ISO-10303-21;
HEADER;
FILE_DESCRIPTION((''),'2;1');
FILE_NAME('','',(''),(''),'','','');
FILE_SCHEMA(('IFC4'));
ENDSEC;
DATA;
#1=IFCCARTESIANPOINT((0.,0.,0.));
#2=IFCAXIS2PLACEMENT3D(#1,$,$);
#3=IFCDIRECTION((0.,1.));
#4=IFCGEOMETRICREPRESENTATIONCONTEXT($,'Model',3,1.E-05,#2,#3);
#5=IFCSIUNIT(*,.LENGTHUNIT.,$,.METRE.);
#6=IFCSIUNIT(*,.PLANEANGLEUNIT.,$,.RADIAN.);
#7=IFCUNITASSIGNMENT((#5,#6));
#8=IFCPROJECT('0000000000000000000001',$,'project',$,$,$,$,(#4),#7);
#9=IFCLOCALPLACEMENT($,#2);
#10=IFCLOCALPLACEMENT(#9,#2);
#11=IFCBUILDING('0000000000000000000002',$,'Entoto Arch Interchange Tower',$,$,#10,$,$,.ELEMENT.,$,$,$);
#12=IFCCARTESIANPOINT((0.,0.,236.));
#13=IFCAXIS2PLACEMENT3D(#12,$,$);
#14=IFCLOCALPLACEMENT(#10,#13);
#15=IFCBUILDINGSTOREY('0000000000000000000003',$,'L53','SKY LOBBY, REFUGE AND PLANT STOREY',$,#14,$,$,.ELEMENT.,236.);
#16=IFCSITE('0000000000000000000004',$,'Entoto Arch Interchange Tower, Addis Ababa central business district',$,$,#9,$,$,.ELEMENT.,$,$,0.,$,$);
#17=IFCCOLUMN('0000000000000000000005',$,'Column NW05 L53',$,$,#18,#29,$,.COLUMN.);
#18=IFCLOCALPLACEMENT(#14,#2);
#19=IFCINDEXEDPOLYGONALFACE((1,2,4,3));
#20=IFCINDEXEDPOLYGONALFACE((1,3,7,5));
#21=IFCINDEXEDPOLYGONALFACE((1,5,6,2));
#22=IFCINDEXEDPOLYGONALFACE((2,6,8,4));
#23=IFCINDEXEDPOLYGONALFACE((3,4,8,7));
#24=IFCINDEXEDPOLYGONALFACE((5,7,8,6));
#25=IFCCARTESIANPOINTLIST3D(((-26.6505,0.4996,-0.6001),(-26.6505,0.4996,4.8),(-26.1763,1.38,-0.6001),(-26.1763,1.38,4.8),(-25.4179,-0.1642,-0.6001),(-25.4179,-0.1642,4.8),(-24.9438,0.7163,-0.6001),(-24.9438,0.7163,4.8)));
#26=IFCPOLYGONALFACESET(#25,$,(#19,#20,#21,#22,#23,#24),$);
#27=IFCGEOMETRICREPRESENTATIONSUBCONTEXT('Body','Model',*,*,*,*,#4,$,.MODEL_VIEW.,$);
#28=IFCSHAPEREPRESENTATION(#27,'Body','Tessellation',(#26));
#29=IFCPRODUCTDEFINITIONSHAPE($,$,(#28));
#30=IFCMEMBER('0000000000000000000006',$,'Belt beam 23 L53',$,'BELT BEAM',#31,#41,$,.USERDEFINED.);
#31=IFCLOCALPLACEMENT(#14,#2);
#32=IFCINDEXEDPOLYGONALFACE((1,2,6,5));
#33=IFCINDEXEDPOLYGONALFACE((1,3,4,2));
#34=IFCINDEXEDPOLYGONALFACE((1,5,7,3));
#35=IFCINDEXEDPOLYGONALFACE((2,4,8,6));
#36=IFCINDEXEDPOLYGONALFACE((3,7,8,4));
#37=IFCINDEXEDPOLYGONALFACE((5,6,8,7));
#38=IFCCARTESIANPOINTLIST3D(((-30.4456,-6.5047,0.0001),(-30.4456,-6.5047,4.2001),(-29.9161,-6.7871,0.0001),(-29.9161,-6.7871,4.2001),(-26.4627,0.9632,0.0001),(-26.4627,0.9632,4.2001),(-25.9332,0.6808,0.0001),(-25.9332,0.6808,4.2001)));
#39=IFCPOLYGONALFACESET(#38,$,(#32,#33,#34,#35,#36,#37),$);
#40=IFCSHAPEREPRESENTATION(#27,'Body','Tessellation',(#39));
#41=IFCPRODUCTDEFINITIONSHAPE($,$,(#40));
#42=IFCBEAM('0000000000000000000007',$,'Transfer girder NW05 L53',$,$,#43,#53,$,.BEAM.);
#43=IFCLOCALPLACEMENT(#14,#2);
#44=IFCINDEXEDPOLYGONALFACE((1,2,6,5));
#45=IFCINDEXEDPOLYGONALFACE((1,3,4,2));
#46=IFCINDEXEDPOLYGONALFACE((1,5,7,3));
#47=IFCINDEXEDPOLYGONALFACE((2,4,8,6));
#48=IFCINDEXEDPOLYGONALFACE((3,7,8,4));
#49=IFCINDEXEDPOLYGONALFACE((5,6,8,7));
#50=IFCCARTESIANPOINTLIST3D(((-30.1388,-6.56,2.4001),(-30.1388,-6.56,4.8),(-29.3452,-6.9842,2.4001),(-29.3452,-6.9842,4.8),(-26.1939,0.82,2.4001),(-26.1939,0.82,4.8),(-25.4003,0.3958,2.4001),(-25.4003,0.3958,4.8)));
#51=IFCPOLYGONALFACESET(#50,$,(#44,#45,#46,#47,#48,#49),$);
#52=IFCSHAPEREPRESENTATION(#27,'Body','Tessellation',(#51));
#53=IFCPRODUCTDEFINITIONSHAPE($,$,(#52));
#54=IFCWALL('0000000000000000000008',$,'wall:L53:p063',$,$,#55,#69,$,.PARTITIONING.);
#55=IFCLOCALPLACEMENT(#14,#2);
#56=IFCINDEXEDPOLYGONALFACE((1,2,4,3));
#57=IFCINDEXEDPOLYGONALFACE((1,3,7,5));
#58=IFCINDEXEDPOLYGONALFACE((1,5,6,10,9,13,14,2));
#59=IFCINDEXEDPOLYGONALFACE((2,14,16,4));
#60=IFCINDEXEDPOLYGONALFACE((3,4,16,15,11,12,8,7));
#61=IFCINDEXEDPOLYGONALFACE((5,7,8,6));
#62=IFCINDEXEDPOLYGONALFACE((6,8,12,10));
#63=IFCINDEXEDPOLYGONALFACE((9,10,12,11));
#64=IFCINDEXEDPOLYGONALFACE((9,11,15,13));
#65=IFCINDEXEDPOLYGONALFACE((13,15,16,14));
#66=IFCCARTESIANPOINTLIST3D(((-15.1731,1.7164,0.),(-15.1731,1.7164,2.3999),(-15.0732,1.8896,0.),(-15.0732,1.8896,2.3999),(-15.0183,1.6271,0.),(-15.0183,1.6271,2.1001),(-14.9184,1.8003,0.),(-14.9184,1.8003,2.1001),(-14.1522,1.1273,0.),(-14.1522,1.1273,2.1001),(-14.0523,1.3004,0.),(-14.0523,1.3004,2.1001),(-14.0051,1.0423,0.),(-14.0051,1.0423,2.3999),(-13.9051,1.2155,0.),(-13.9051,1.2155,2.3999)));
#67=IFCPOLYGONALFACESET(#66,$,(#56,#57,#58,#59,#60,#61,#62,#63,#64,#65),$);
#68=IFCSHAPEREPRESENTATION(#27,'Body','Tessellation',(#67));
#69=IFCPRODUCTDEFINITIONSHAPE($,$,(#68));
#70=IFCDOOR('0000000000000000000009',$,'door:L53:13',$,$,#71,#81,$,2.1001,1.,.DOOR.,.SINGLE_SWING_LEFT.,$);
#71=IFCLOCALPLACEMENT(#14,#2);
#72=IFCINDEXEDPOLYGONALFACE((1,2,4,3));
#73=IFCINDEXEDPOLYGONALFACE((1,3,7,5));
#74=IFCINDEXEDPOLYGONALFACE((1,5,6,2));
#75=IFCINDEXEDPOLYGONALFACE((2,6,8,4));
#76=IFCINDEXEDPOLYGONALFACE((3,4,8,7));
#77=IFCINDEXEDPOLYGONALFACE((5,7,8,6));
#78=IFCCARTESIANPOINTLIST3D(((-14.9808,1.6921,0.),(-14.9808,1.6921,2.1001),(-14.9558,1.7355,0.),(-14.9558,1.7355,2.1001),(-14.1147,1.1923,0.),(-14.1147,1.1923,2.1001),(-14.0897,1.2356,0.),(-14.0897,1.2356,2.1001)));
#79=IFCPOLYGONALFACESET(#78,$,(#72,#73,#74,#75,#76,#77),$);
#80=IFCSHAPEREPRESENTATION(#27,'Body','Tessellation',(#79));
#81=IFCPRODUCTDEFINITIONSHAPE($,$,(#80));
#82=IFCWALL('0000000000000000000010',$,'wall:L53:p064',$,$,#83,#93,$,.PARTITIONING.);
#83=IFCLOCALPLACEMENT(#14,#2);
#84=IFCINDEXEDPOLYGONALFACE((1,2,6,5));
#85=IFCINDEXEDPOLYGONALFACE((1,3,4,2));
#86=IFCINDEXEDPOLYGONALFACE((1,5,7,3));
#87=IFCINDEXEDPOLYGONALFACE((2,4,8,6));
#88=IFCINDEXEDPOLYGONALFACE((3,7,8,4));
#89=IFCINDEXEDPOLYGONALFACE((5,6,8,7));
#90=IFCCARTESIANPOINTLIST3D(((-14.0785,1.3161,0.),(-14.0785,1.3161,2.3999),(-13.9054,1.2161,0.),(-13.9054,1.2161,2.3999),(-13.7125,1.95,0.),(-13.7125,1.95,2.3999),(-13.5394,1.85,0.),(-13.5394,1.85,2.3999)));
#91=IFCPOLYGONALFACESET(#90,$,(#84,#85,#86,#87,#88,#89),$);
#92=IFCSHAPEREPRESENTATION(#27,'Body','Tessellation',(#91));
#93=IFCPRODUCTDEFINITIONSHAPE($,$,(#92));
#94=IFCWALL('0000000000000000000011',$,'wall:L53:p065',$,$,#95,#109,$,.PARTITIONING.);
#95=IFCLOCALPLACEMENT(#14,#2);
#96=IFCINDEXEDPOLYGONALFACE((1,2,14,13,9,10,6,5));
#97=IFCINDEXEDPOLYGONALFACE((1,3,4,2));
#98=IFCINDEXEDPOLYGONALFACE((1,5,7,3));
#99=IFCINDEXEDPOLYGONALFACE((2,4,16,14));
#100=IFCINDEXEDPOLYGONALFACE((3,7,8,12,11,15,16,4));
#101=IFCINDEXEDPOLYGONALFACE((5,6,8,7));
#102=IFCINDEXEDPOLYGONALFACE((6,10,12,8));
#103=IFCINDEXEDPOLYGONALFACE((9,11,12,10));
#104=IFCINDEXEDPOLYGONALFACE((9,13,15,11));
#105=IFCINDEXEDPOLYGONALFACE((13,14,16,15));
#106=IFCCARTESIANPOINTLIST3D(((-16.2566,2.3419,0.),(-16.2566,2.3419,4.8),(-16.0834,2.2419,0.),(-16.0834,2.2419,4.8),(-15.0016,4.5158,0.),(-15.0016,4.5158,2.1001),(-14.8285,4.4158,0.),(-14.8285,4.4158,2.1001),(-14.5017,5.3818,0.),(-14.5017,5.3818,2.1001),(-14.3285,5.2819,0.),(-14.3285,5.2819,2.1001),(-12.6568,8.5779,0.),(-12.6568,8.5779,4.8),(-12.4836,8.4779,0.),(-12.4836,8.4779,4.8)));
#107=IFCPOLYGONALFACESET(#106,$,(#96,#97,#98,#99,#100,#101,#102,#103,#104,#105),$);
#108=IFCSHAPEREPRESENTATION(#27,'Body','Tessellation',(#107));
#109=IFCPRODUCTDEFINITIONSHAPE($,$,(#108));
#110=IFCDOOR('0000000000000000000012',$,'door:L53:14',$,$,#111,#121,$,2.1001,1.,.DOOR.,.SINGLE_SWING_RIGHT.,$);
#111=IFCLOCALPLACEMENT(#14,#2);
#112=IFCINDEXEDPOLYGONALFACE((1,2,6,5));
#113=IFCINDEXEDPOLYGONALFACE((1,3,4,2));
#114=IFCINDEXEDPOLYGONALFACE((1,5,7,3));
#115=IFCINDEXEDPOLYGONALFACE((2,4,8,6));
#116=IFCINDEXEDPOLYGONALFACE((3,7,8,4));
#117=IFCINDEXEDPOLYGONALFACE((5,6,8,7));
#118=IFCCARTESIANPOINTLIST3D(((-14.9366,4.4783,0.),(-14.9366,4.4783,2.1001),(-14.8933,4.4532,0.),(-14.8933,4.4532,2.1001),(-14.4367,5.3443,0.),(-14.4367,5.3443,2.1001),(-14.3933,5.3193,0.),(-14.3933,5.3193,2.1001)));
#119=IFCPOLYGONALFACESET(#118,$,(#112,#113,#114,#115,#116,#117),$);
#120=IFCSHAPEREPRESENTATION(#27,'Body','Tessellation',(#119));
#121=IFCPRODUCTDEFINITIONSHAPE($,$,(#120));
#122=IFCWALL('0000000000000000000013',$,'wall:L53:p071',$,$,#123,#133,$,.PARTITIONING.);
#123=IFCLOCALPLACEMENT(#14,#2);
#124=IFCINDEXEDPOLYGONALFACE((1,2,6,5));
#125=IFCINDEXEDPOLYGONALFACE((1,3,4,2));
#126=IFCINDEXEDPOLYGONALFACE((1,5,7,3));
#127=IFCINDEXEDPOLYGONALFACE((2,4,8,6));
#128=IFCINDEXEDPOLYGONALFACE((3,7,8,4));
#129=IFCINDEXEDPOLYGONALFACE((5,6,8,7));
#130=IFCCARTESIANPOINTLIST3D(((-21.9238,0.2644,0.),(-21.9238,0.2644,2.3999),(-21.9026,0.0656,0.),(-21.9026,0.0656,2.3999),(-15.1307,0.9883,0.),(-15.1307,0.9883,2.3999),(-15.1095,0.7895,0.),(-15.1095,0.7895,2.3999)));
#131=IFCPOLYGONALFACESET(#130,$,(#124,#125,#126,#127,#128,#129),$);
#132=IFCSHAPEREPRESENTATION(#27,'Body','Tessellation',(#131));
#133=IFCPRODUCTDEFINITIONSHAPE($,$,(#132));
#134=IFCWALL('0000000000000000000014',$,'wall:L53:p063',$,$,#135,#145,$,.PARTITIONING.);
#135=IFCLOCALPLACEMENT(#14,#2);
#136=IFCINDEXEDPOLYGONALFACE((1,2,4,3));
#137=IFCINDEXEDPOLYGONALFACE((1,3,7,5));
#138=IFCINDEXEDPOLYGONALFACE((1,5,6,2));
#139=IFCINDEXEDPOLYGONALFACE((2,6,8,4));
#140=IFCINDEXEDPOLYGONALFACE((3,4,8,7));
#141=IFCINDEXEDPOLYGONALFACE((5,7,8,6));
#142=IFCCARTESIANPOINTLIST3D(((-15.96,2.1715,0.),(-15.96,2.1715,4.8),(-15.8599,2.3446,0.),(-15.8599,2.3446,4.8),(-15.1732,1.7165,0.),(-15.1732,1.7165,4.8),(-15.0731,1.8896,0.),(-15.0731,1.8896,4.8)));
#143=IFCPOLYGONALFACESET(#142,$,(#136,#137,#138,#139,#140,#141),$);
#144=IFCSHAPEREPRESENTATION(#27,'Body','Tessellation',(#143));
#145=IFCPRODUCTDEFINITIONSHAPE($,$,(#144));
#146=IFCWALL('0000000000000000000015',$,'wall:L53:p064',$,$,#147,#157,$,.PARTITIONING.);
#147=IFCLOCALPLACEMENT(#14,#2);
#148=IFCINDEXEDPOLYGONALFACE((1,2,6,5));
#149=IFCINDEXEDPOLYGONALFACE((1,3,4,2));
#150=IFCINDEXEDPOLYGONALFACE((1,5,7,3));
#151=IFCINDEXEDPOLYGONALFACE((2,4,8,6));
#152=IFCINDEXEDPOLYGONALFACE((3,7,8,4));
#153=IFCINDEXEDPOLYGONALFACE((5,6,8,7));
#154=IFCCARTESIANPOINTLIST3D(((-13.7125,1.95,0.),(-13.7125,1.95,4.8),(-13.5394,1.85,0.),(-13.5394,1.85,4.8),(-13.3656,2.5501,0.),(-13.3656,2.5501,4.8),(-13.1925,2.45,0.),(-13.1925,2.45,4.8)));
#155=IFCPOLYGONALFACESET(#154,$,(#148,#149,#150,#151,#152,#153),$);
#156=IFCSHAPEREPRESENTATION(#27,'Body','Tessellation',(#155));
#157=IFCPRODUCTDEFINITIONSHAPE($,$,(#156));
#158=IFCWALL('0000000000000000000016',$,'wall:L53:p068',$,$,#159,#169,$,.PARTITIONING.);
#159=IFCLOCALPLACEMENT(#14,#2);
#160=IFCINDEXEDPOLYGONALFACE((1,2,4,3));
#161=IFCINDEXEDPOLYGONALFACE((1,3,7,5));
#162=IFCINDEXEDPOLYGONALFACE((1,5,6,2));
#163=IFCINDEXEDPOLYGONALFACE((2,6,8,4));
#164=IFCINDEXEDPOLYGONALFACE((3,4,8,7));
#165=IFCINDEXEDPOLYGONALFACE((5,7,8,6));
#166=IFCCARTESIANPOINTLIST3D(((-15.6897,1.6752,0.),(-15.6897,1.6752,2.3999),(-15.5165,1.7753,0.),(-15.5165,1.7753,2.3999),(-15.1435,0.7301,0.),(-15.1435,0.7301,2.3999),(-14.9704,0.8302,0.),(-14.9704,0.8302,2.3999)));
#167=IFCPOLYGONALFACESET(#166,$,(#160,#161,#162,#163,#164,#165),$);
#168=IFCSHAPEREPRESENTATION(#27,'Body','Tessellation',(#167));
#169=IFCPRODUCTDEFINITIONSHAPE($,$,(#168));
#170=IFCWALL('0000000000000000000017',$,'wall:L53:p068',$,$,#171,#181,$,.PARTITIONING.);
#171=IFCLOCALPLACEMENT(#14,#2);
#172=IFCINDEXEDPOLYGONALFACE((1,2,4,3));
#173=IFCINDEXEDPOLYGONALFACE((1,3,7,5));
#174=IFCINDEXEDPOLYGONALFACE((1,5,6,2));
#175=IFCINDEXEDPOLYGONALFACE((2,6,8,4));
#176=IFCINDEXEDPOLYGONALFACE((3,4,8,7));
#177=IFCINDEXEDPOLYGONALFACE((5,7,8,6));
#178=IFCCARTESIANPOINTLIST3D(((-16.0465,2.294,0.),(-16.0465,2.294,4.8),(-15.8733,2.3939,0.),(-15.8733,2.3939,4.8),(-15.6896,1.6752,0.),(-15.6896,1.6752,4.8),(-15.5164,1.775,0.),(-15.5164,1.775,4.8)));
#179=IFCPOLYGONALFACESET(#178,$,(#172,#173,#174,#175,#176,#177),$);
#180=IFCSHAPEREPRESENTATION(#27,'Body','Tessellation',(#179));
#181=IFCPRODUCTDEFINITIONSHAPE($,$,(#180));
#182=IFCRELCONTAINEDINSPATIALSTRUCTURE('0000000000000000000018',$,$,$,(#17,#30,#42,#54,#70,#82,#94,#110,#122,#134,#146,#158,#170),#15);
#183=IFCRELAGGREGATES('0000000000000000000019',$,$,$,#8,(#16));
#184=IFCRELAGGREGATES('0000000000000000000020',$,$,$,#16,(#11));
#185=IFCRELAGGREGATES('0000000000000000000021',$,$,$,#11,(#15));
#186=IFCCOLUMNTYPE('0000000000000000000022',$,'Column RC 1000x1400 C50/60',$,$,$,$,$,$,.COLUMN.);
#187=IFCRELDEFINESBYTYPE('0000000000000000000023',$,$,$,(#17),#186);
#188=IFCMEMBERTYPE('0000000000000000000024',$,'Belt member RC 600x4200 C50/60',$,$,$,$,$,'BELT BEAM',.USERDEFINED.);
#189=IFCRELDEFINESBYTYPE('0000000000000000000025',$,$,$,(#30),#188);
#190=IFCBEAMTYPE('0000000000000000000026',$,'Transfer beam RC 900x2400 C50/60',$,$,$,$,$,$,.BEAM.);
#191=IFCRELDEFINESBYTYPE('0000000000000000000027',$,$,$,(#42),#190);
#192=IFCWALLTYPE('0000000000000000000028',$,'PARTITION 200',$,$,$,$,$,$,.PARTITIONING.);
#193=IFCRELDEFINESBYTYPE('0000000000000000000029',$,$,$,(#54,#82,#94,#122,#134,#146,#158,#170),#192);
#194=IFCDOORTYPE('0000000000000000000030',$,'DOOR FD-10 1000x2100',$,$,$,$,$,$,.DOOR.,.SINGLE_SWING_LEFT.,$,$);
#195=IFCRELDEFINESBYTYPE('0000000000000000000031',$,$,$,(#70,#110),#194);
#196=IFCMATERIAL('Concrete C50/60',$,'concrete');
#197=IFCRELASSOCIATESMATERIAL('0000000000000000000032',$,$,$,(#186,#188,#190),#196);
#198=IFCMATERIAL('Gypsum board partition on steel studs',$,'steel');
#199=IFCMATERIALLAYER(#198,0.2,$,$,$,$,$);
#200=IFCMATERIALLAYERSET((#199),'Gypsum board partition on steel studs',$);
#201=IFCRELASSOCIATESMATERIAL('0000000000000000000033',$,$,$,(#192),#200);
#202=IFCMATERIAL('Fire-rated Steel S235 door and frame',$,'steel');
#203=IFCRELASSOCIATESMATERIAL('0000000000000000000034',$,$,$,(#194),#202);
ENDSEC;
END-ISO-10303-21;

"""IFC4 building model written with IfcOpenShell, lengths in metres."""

from ifc_helpers import new_model, si_unit, direction, frame, frame_2d, origin, origin_2d, place, context, subcontext, project, spatial, rectangle, extrude, material, layer, layer_set, material_profile, profile_set, type_object, element, fill, save


model = new_model("IFC4")

# Units and contexts
model_context = context("Model", 3, precision=1e-05, world=origin(), true_north=direction((0.0, 1.0)))
body_context = subcontext(model_context, "Body", "Model", "MODEL_VIEW")
ifc_project = project(units=[si_unit("LENGTHUNIT", "METRE"), si_unit("PLANEANGLEUNIT", "RADIAN")], contexts=[model_context])

# Site, building, storey
site_placement = place(None, origin())
site = spatial("IfcSite", under=ifc_project, at=site_placement, Name="Entoto Arch Interchange Tower, Addis Ababa central business district", CompositionType="ELEMENT", RefElevation=0.0)
building_placement = place(site_placement, origin())
building = spatial("IfcBuilding", under=site, at=building_placement, Name="Entoto Arch Interchange Tower", CompositionType="ELEMENT")
storey_placement = place(building_placement, frame((0.0, 0.0, 236.0)))
storey = spatial("IfcBuildingStorey", under=building, at=storey_placement, Name="L53", Description="SKY LOBBY, REFUGE AND PLANT STOREY", CompositionType="ELEMENT", Elevation=236.0)

# Column
ifc_material_1 = material(Name="Concrete C50/60", Category="concrete")
ifc_material_profile_1 = material_profile(ifc_material_1, rectangle(XDim=1.0, YDim=1.3999, at=origin_2d()))
ifc_profile_set_1 = profile_set([ifc_material_profile_1], Name="Concrete C50/60")
column_type = type_object("IfcColumnType", Name="Column RC 1000x1400 C50/60", PredefinedType="COLUMN", material=ifc_profile_set_1)
column_placement = place(storey_placement, frame((-25.7971, 0.6079, -0.6001), z_axis=(0.0, 0.0, 1.0), x_axis=(0.474134, 0.880453, 0.0)))
element("IfcColumn", 1, at=column_placement, inside=storey, type_object=column_type, Name="Column NW05 L53", PredefinedType="COLUMN", context=body_context, shape_type="SweptSolid", body=[
    extrude(rectangle(XDim=1.0, YDim=1.3999, at=origin_2d()), origin(), (0.0, 0.0, 1.0), 5.4001),
])

# Member
ifc_material_profile_2 = material_profile(ifc_material_1, rectangle(XDim=0.6001, YDim=4.2, at=origin_2d()))
ifc_profile_set_2 = profile_set([ifc_material_profile_2], Name="Concrete C50/60")
member_type = type_object("IfcMemberType", Name="Belt member RC 600x4200 C50/60", ElementType="BELT BEAM", PredefinedType="USERDEFINED", material=ifc_profile_set_2)
member_placement = place(storey_placement, frame((-26.198, 0.822, 2.1001), z_axis=(-0.470585, -0.882355, 0.0), x_axis=(0.882355, -0.470585, 0.0)))
element("IfcMember", 2, at=member_placement, inside=storey, type_object=member_type, Name="Belt beam 23 L53", ObjectType="BELT BEAM", PredefinedType="USERDEFINED", context=body_context, shape_type="SweptSolid", body=[
    extrude(rectangle(XDim=0.6001, YDim=4.2, at=origin_2d()), origin(), (0.0, 0.0, 1.0), 8.4636),
])

# Beam
ifc_material_profile_3 = material_profile(ifc_material_1, rectangle(XDim=0.8999, YDim=2.3999, at=origin_2d()))
ifc_profile_set_3 = profile_set([ifc_material_profile_3], Name="Concrete C50/60")
beam_type = type_object("IfcBeamType", Name="Transfer beam RC 900x2400 C50/60", PredefinedType="BEAM", material=ifc_profile_set_3)
beam_placement = place(storey_placement, frame((-25.7971, 0.6079, 3.6001), z_axis=(-0.471415, -0.881912, 0.0), x_axis=(0.881912, -0.471415, 0.0)))
element("IfcBeam", 3, at=beam_placement, inside=storey, type_object=beam_type, Name="Transfer girder NW05 L53", PredefinedType="BEAM", context=body_context, shape_type="SweptSolid", body=[
    extrude(rectangle(XDim=0.8999, YDim=2.3999, at=origin_2d()), origin(), (0.0, 0.0, 1.0), 8.3682),
])

# Wall, opening, door
ifc_material_2 = material(Name="Gypsum board partition on steel studs", Category="steel")
ifc_layer_1 = layer(ifc_material_2, 0.2)
ifc_layer_set_1 = layer_set([ifc_layer_1], Name="Gypsum board partition on steel studs")
wall_type_1 = type_object("IfcWallType", Name="PARTITION 200", PredefinedType="PARTITIONING", material=ifc_layer_set_1)
wall_1_placement = place(storey_placement, frame((-13.9551, 1.1289, 0.0), z_axis=(0.0, 0.0, 1.0), x_axis=(-0.866107, 0.499858, 0.0)))
wall_1 = element("IfcWall", 4, at=wall_1_placement, inside=storey, type_object=wall_type_1, Name="wall:L53:p063", PredefinedType="PARTITIONING", context=body_context, shape_type="SweptSolid", body=[
    extrude(rectangle(XDim=1.3486, YDim=0.2, at=frame_2d((0.6743, 0.0))), origin(), (0.0, 0.0, 1.0), 2.3999),
])
opening_1_placement = place(wall_1_placement, frame((0.1699, 0.0, 0.0)))
opening_1 = element("IfcOpeningElement", 5, at=opening_1_placement, cuts=wall_1, PredefinedType="OPENING", context=body_context, shape_type="SweptSolid", body=[
    extrude(rectangle(XDim=1.0, YDim=2.1001, at=frame_2d((0.5, 1.05))), frame((0.0, 0.1099, 0.0), z_axis=(0.0, -1.0, 0.0), x_axis=(1.0, 0.0, 0.0)), (0.0, 0.0, 1.0), 0.22),
])
ifc_material_3 = material(Name="Fire-rated Steel S235 door and frame", Category="steel")
door_type = type_object("IfcDoorType", Name="DOOR FD-10 1000x2100", OperationType="SINGLE_SWING_LEFT", PredefinedType="DOOR", material=ifc_material_3)
door_1_placement = place(opening_1_placement, origin())
door_1 = element("IfcDoor", 6, at=door_1_placement, inside=storey, type_object=door_type, Name="door:L53:13", OperationType="SINGLE_SWING_LEFT", OverallHeight=2.1001, OverallWidth=1.0, PredefinedType="DOOR", context=body_context, shape_type="SweptSolid", body=[
    extrude(rectangle(XDim=1.0, YDim=2.1001, at=frame_2d((0.5, 1.05))), frame((0.0, 0.0249, 0.0), z_axis=(0.0, -1.0, 0.0), x_axis=(1.0, 0.0, 0.0)), (0.0, 0.0, 1.0), 0.05),
])
fill(opening_1, door_1)

# Wall
wall_2_placement = place(storey_placement, frame((-13.9919, 1.2661, 0.0), z_axis=(0.0, 0.0, 1.0), x_axis=(0.50005, 0.865997, 0.0)))
element("IfcWall", 7, at=wall_2_placement, inside=storey, type_object=wall_type_1, Name="wall:L53:p064", PredefinedType="PARTITIONING", context=body_context, shape_type="SweptSolid", body=[
    extrude(rectangle(XDim=0.7319, YDim=0.2, at=frame_2d((0.366, 0.0))), origin(), (0.0, 0.0, 1.0), 2.3999),
])

# Wall, opening, door
wall_3_placement = place(storey_placement, frame((-16.1699, 2.292, 0.0), z_axis=(0.0, 0.0, 1.0), x_axis=(0.499943, 0.866059, 0.0)))
wall_3 = element("IfcWall", 8, at=wall_3_placement, inside=storey, type_object=wall_type_1, Name="wall:L53:p065", PredefinedType="PARTITIONING", context=body_context, shape_type="SweptSolid", body=[
    extrude(rectangle(XDim=7.2004, YDim=0.2, at=frame_2d((3.6001, 0.0))), origin(), (0.0, 0.0, 1.0), 4.8),
])
opening_2_placement = place(wall_3_placement, frame((2.51, 0.0, 0.0)))
opening_2 = element("IfcOpeningElement", 9, at=opening_2_placement, cuts=wall_3, PredefinedType="OPENING", context=body_context, shape_type="SweptSolid", body=[
    extrude(rectangle(XDim=1.0, YDim=2.1001, at=frame_2d((0.5, 1.05))), frame((0.0, 0.1099, 0.0), z_axis=(0.0, -1.0, 0.0), x_axis=(1.0, 0.0, 0.0)), (0.0, 0.0, 1.0), 0.22),
])
door_2_placement = place(opening_2_placement, origin())
door_2 = element("IfcDoor", 10, at=door_2_placement, inside=storey, type_object=door_type, Name="door:L53:14", OperationType="SINGLE_SWING_RIGHT", OverallHeight=2.1001, OverallWidth=1.0, PredefinedType="DOOR", context=body_context, shape_type="SweptSolid", body=[
    extrude(rectangle(XDim=1.0, YDim=2.1001, at=frame_2d((0.5, 1.05))), frame((0.0, 0.0249, 0.0), z_axis=(0.0, -1.0, 0.0), x_axis=(1.0, 0.0, 0.0)), (0.0, 0.0, 1.0), 0.05),
])
fill(opening_2, door_2)

# Walls
wall_4_placement = place(storey_placement, frame((-15.1201, 0.8889, 0.0), z_axis=(0.0, 0.0, 1.0), x_axis=(-0.99437, -0.105963, 0.0)))
element("IfcWall", 11, at=wall_4_placement, inside=storey, type_object=wall_type_1, Name="wall:L53:p071", PredefinedType="PARTITIONING", context=body_context, shape_type="SweptSolid", body=[
    extrude(rectangle(XDim=6.8315, YDim=0.2, at=frame_2d((3.4158, 0.0))), origin(), (0.0, 0.0, 1.0), 2.3999),
])
wall_5_placement = place(storey_placement, frame((-15.123, 1.803, 0.0), z_axis=(0.0, 0.0, 1.0), x_axis=(-0.865653, 0.500644, 0.0)))
element("IfcWall", 12, at=wall_5_placement, inside=storey, type_object=wall_type_1, Name="wall:L53:p063", PredefinedType="PARTITIONING", context=body_context, shape_type="SweptSolid", body=[
    extrude(rectangle(XDim=0.9089, YDim=0.2, at=frame_2d((0.4546, 0.0))), origin(), (0.0, 0.0, 1.0), 4.8),
])
wall_6_placement = place(storey_placement, frame((-13.626, 1.8999, 0.0), z_axis=(0.0, 0.0, 1.0), x_axis=(0.500495, 0.86574, 0.0)))
element("IfcWall", 13, at=wall_6_placement, inside=storey, type_object=wall_type_1, Name="wall:L53:p064", PredefinedType="PARTITIONING", context=body_context, shape_type="SweptSolid", body=[
    extrude(rectangle(XDim=0.6931, YDim=0.2, at=frame_2d((0.3467, 0.0))), origin(), (0.0, 0.0, 1.0), 4.8),
])
wall_7_placement = place(storey_placement, frame((-15.0569, 0.78, 0.0), z_axis=(0.0, 0.0, 1.0), x_axis=(-0.500348, 0.865824, 0.0)))
element("IfcWall", 14, at=wall_7_placement, inside=storey, type_object=wall_type_1, Name="wall:L53:p068", PredefinedType="PARTITIONING", context=body_context, shape_type="SweptSolid", body=[
    extrude(rectangle(XDim=1.0916, YDim=0.2, at=frame_2d((0.5459, 0.0))), origin(), (0.0, 0.0, 1.0), 2.3999),
])
wall_8_placement = place(storey_placement, frame((-15.603, 1.7251, 0.0), z_axis=(0.0, 0.0, 1.0), x_axis=(-0.499594, 0.86626, 0.0)))
element("IfcWall", 15, at=wall_8_placement, inside=storey, type_object=wall_type_1, Name="wall:L53:p068", PredefinedType="PARTITIONING", context=body_context, shape_type="SweptSolid", body=[
    extrude(rectangle(XDim=0.7144, YDim=0.2, at=frame_2d((0.3572, 0.0))), origin(), (0.0, 0.0, 1.0), 4.8),
])

save(model, "model.ifc")
